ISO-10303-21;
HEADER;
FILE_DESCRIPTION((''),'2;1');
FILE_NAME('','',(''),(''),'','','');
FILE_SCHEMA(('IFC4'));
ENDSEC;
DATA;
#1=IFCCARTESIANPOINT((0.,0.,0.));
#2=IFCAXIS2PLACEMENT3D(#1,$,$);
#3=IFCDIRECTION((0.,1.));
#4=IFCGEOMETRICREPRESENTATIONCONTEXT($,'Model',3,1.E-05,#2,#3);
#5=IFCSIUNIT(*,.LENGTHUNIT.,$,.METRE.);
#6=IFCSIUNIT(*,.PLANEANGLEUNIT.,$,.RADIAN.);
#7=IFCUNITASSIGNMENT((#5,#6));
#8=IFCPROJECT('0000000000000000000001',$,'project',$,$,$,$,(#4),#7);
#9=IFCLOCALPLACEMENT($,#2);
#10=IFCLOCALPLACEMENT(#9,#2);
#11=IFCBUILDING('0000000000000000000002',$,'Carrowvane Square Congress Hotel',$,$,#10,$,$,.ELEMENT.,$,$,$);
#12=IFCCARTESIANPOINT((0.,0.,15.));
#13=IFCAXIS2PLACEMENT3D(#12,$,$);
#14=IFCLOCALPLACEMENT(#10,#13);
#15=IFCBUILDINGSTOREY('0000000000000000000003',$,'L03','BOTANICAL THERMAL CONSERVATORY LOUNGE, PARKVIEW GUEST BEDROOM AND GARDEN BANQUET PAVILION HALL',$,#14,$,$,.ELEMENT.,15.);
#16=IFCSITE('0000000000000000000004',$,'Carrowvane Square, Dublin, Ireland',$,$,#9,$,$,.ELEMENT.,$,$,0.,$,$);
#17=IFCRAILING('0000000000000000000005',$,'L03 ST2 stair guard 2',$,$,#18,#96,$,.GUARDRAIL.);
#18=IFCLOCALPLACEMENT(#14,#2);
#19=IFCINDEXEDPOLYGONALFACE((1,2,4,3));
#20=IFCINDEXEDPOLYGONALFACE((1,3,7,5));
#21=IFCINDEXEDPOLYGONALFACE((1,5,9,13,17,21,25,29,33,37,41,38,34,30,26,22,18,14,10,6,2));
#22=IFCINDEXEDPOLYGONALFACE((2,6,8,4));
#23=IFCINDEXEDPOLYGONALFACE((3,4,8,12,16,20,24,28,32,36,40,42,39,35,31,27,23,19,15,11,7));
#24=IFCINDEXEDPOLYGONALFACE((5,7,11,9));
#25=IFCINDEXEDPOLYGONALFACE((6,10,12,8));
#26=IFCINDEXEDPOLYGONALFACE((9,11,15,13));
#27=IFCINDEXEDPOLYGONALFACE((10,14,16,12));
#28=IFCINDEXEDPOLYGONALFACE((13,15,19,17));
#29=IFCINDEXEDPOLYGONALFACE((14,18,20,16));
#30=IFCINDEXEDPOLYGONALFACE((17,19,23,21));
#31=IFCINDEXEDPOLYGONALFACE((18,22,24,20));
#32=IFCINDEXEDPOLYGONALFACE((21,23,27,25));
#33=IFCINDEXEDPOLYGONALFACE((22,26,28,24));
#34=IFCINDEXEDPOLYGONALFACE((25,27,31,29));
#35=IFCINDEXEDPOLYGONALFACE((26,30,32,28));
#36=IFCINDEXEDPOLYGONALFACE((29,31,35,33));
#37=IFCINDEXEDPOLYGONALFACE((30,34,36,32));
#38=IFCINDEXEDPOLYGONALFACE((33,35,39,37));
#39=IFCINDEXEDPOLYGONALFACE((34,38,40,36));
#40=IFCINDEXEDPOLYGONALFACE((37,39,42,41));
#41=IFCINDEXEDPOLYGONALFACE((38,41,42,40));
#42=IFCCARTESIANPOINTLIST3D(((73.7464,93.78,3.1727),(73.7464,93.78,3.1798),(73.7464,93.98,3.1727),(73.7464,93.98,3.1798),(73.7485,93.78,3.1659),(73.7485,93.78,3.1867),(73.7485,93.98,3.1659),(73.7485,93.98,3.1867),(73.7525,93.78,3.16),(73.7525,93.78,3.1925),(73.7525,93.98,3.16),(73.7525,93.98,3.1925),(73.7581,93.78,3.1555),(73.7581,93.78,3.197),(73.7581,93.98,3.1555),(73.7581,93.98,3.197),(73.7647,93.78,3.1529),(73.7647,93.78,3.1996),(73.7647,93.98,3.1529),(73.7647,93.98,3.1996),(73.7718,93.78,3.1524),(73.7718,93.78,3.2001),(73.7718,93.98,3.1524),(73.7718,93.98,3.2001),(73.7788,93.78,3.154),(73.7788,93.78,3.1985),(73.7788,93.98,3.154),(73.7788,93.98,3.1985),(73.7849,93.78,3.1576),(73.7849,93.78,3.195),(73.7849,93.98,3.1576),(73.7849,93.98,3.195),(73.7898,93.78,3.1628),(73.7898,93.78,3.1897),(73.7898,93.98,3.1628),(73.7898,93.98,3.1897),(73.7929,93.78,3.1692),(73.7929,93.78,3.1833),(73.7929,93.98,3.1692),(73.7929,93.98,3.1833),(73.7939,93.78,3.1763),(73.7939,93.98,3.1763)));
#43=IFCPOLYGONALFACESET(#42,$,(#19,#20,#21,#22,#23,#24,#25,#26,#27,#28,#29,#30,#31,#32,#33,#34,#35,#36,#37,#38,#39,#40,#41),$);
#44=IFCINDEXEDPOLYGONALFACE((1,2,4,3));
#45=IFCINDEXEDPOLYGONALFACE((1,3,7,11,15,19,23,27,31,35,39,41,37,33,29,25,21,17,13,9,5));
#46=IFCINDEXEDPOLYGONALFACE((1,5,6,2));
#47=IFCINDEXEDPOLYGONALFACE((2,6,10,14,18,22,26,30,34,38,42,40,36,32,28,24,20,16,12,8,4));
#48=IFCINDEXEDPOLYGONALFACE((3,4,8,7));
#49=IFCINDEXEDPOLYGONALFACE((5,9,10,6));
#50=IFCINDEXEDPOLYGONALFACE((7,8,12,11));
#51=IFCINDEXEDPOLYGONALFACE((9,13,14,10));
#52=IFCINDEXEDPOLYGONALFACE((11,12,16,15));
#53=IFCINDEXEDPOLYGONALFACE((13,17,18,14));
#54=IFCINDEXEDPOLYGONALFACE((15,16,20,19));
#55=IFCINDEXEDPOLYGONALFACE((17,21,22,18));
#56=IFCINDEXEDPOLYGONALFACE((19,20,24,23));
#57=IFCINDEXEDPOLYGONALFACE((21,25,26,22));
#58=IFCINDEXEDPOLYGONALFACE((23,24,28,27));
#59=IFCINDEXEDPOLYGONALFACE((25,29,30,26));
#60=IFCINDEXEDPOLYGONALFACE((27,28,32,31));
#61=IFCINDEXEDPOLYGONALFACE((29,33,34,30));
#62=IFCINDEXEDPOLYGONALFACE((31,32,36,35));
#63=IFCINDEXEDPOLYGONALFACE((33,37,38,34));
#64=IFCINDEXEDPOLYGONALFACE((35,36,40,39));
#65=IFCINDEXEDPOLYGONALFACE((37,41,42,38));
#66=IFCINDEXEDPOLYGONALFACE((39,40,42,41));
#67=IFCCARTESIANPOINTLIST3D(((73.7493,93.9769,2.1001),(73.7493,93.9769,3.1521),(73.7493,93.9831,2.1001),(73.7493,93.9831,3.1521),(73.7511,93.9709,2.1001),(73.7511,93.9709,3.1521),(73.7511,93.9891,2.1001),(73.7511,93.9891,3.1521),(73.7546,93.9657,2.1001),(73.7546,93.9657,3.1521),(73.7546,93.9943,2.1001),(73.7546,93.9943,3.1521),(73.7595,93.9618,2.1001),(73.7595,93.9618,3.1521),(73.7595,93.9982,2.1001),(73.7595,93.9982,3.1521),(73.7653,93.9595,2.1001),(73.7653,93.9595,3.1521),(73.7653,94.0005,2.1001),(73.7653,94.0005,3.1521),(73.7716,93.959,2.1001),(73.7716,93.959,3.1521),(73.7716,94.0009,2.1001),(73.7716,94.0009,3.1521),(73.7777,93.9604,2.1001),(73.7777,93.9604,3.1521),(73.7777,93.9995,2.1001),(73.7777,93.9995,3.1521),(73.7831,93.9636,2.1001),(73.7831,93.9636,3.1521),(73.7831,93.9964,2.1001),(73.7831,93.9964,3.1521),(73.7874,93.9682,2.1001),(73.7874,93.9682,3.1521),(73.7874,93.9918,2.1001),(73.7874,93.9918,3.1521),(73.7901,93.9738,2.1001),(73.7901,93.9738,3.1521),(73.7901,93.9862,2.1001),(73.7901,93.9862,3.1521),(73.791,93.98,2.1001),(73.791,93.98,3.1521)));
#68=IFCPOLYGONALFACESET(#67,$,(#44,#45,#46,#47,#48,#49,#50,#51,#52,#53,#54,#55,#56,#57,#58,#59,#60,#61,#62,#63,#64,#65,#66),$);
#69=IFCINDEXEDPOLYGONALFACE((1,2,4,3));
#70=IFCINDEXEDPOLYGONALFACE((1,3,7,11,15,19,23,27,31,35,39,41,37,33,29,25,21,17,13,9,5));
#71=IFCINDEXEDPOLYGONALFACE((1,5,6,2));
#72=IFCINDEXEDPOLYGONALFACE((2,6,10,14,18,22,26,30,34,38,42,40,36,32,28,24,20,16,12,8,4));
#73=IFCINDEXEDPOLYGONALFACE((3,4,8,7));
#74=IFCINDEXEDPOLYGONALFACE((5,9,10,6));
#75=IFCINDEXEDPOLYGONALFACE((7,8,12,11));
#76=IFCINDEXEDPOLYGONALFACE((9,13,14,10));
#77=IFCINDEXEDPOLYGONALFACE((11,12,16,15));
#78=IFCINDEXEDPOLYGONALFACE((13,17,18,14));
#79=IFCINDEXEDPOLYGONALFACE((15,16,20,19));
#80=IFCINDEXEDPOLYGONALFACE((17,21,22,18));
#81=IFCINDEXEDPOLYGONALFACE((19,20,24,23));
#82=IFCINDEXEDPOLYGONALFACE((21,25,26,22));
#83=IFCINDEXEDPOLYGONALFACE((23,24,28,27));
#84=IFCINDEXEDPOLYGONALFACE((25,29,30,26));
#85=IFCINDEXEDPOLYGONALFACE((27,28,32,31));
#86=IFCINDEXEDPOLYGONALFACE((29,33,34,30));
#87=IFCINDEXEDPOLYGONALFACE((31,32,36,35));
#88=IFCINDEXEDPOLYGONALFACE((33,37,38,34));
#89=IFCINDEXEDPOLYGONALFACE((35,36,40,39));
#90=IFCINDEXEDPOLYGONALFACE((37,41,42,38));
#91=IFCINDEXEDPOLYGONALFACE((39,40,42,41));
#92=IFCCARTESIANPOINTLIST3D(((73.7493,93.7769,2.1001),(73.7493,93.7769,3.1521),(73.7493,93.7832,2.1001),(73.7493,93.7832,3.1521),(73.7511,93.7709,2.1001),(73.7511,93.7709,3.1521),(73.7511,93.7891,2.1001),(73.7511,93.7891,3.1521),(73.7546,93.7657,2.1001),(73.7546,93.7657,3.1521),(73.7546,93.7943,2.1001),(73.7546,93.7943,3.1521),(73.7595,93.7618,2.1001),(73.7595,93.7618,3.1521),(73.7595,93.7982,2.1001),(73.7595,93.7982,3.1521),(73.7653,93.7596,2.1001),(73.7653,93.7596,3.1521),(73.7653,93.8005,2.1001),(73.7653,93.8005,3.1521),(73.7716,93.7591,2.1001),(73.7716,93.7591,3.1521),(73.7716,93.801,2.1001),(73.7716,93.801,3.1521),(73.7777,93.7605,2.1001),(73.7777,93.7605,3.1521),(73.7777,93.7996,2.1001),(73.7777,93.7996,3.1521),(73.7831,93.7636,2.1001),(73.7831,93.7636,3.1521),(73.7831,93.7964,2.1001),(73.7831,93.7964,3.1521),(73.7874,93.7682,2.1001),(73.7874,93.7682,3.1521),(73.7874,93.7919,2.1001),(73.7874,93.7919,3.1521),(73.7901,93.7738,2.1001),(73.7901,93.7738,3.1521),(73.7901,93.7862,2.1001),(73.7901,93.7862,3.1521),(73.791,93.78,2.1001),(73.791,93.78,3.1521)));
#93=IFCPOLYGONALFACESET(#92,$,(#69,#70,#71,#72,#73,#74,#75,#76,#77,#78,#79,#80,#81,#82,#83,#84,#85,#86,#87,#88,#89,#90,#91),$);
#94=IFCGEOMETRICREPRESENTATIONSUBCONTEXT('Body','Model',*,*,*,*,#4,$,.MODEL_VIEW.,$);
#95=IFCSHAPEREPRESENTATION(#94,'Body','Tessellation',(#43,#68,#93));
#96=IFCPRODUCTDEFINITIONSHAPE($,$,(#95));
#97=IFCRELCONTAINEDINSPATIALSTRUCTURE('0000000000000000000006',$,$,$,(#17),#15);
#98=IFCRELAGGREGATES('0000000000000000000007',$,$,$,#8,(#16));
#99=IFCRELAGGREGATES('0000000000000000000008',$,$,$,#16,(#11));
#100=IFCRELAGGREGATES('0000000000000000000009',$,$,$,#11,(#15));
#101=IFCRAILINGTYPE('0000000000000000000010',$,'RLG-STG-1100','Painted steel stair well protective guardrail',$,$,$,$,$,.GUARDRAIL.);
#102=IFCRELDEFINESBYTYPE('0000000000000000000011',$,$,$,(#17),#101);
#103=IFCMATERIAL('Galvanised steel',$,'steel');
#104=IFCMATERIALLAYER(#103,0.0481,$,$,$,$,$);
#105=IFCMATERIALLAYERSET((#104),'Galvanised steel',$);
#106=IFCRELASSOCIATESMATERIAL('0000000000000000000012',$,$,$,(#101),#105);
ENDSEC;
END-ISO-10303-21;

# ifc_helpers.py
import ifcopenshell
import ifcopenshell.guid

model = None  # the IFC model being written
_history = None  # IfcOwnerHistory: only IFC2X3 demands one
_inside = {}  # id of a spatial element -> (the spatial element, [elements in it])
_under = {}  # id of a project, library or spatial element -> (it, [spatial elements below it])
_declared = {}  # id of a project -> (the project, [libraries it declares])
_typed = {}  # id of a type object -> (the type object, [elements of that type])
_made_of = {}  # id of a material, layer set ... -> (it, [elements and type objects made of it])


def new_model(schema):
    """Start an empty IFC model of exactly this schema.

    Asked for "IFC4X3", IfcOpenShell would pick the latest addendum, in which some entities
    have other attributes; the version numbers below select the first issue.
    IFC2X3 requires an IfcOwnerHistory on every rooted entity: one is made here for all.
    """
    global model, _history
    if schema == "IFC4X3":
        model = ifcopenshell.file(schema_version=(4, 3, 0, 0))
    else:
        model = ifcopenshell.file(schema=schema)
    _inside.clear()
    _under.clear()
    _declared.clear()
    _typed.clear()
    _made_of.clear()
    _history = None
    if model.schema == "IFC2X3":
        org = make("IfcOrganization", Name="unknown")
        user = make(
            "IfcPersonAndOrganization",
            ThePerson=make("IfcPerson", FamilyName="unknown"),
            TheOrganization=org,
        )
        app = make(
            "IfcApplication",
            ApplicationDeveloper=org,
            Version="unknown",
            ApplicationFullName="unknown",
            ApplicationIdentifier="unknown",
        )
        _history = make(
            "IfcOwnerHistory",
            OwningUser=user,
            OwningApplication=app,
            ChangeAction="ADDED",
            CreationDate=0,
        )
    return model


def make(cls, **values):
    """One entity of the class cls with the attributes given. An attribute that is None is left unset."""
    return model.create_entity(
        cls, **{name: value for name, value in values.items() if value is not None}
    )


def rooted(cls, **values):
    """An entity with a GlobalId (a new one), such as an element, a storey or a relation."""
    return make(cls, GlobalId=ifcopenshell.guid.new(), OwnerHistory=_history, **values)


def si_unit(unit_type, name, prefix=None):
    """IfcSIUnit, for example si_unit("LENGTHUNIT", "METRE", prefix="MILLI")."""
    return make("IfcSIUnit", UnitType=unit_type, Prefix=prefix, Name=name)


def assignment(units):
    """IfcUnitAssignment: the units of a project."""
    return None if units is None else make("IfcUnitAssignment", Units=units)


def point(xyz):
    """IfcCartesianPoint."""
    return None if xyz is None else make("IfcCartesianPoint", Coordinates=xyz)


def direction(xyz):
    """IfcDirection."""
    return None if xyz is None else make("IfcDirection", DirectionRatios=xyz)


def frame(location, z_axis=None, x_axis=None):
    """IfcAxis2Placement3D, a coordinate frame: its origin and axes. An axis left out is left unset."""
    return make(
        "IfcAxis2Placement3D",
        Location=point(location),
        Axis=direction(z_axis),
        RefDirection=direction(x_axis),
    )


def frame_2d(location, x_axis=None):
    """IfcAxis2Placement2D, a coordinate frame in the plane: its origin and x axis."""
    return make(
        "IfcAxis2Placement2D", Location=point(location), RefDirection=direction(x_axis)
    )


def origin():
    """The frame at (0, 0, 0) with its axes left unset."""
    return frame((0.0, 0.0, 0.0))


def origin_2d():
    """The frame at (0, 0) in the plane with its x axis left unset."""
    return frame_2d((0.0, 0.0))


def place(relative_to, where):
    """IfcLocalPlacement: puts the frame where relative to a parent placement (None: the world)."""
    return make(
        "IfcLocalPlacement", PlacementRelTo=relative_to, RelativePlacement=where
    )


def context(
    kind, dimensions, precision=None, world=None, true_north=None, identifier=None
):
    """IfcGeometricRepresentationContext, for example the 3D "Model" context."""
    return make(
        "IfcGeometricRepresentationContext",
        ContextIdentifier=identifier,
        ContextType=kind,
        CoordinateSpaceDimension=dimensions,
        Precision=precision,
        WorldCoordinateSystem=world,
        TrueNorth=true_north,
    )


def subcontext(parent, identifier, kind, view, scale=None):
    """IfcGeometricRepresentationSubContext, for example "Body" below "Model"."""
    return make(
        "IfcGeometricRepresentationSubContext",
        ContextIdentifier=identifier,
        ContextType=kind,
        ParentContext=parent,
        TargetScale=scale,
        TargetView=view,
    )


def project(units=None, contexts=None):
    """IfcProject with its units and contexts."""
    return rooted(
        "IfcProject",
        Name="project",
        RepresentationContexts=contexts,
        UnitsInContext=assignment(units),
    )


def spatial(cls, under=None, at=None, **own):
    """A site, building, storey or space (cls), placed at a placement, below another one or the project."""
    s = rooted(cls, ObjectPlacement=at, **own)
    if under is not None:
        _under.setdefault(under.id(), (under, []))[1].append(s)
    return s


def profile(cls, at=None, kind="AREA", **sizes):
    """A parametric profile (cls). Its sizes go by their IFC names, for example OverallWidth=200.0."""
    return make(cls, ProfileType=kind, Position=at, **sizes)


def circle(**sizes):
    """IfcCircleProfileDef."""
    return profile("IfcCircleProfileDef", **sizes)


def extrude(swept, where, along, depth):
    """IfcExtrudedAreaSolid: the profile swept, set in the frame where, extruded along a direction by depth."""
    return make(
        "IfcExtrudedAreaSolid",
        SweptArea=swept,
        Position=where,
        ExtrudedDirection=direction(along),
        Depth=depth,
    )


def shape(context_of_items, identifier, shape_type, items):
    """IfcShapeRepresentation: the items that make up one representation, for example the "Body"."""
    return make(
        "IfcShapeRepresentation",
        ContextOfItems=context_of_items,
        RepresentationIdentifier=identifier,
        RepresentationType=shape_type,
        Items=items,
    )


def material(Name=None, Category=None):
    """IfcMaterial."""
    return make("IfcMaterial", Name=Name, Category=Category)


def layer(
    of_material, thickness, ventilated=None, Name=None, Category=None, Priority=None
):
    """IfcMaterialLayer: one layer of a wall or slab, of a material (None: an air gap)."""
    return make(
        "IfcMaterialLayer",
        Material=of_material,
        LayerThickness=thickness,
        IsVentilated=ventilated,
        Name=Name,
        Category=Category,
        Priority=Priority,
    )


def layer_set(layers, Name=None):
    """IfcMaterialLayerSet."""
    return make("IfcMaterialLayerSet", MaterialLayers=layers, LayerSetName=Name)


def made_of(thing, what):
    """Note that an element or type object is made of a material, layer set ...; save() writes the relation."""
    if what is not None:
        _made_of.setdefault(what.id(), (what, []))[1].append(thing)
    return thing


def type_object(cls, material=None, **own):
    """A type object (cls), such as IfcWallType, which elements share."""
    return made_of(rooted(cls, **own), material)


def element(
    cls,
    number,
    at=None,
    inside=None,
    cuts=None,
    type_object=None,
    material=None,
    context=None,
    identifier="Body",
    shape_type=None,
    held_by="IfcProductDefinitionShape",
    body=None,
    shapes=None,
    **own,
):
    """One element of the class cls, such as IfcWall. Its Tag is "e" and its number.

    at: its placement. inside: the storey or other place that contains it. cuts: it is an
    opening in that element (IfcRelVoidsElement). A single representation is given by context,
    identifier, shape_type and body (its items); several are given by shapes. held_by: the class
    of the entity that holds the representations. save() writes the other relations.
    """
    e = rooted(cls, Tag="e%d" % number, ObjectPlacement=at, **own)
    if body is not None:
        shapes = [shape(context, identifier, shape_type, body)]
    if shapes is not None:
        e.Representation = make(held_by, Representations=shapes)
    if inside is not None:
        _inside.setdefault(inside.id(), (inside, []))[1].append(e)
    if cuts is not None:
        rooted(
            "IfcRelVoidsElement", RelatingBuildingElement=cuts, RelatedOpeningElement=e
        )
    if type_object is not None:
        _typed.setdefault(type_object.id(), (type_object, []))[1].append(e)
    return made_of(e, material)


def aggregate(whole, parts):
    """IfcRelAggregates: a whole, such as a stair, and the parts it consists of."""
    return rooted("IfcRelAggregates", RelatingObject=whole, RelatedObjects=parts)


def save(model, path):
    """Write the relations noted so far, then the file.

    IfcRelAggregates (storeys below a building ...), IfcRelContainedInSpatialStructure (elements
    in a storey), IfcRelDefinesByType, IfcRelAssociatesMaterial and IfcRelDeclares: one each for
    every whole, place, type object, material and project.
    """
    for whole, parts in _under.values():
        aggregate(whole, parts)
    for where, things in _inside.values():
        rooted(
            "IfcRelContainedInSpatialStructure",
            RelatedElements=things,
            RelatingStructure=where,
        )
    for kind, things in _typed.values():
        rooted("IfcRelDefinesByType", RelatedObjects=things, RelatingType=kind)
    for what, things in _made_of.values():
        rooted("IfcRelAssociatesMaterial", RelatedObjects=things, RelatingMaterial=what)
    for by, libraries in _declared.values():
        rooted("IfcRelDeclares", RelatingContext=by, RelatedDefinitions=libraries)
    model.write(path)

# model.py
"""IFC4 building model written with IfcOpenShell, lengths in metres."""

from ifc_helpers import new_model, si_unit, direction, frame, origin, origin_2d, place, context, subcontext, project, spatial, circle, extrude, material, layer, layer_set, type_object, element, save


model = new_model("IFC4")

# Units and contexts
model_context = context("Model", 3, precision=1e-05, world=origin(), true_north=direction((0.0, 1.0)))
body_context = subcontext(model_context, "Body", "Model", "MODEL_VIEW")
ifc_project = project(units=[si_unit("LENGTHUNIT", "METRE"), si_unit("PLANEANGLEUNIT", "RADIAN")], contexts=[model_context])

# Site, building, storey
site_placement = place(None, origin())
site = spatial("IfcSite", under=ifc_project, at=site_placement, Name="Carrowvane Square, Dublin, Ireland", CompositionType="ELEMENT", RefElevation=0.0)
building_placement = place(site_placement, origin())
building = spatial("IfcBuilding", under=site, at=building_placement, Name="Carrowvane Square Congress Hotel", CompositionType="ELEMENT")
storey_placement = place(building_placement, frame((0.0, 0.0, 15.0)))
storey = spatial("IfcBuildingStorey", under=building, at=storey_placement, Name="L03", Description="BOTANICAL THERMAL CONSERVATORY LOUNGE, PARKVIEW GUEST BEDROOM AND GARDEN BANQUET PAVILION HALL", CompositionType="ELEMENT", Elevation=15.0)

# Railing
ifc_material_1 = material(Name="Galvanised steel", Category="steel")
ifc_layer_1 = layer(ifc_material_1, 0.0481)
ifc_layer_set_1 = layer_set([ifc_layer_1], Name="Galvanised steel")
railing_type_1 = type_object("IfcRailingType", Name="RLG-STG-1100", Description="Painted steel stair well protective guardrail", PredefinedType="GUARDRAIL", material=ifc_layer_set_1)
railing_1_placement = place(storey_placement, frame((73.77, 93.98, 2.1001)))
element("IfcRailing", 1, at=railing_1_placement, inside=storey, type_object=railing_type_1, Name="L03 ST2 stair guard 2", PredefinedType="GUARDRAIL", context=body_context, shape_type="SweptSolid", body=[
    extrude(circle(Radius=0.0239, at=origin_2d()), frame((0.0, 0.0, 1.0762), z_axis=(0.0, -1.0, 0.0), x_axis=(1.0, 0.0, 0.0)), (0.0, 0.0, 1.0), 0.2),
    extrude(circle(Radius=0.021, at=origin_2d()), origin(), (0.0, 0.0, 1.0), 1.052),
    extrude(circle(Radius=0.021, at=origin_2d()), frame((0.0, -0.2, 0.0)), (0.0, 0.0, 1.0), 1.052),
])

save(model, "model.ifc")
